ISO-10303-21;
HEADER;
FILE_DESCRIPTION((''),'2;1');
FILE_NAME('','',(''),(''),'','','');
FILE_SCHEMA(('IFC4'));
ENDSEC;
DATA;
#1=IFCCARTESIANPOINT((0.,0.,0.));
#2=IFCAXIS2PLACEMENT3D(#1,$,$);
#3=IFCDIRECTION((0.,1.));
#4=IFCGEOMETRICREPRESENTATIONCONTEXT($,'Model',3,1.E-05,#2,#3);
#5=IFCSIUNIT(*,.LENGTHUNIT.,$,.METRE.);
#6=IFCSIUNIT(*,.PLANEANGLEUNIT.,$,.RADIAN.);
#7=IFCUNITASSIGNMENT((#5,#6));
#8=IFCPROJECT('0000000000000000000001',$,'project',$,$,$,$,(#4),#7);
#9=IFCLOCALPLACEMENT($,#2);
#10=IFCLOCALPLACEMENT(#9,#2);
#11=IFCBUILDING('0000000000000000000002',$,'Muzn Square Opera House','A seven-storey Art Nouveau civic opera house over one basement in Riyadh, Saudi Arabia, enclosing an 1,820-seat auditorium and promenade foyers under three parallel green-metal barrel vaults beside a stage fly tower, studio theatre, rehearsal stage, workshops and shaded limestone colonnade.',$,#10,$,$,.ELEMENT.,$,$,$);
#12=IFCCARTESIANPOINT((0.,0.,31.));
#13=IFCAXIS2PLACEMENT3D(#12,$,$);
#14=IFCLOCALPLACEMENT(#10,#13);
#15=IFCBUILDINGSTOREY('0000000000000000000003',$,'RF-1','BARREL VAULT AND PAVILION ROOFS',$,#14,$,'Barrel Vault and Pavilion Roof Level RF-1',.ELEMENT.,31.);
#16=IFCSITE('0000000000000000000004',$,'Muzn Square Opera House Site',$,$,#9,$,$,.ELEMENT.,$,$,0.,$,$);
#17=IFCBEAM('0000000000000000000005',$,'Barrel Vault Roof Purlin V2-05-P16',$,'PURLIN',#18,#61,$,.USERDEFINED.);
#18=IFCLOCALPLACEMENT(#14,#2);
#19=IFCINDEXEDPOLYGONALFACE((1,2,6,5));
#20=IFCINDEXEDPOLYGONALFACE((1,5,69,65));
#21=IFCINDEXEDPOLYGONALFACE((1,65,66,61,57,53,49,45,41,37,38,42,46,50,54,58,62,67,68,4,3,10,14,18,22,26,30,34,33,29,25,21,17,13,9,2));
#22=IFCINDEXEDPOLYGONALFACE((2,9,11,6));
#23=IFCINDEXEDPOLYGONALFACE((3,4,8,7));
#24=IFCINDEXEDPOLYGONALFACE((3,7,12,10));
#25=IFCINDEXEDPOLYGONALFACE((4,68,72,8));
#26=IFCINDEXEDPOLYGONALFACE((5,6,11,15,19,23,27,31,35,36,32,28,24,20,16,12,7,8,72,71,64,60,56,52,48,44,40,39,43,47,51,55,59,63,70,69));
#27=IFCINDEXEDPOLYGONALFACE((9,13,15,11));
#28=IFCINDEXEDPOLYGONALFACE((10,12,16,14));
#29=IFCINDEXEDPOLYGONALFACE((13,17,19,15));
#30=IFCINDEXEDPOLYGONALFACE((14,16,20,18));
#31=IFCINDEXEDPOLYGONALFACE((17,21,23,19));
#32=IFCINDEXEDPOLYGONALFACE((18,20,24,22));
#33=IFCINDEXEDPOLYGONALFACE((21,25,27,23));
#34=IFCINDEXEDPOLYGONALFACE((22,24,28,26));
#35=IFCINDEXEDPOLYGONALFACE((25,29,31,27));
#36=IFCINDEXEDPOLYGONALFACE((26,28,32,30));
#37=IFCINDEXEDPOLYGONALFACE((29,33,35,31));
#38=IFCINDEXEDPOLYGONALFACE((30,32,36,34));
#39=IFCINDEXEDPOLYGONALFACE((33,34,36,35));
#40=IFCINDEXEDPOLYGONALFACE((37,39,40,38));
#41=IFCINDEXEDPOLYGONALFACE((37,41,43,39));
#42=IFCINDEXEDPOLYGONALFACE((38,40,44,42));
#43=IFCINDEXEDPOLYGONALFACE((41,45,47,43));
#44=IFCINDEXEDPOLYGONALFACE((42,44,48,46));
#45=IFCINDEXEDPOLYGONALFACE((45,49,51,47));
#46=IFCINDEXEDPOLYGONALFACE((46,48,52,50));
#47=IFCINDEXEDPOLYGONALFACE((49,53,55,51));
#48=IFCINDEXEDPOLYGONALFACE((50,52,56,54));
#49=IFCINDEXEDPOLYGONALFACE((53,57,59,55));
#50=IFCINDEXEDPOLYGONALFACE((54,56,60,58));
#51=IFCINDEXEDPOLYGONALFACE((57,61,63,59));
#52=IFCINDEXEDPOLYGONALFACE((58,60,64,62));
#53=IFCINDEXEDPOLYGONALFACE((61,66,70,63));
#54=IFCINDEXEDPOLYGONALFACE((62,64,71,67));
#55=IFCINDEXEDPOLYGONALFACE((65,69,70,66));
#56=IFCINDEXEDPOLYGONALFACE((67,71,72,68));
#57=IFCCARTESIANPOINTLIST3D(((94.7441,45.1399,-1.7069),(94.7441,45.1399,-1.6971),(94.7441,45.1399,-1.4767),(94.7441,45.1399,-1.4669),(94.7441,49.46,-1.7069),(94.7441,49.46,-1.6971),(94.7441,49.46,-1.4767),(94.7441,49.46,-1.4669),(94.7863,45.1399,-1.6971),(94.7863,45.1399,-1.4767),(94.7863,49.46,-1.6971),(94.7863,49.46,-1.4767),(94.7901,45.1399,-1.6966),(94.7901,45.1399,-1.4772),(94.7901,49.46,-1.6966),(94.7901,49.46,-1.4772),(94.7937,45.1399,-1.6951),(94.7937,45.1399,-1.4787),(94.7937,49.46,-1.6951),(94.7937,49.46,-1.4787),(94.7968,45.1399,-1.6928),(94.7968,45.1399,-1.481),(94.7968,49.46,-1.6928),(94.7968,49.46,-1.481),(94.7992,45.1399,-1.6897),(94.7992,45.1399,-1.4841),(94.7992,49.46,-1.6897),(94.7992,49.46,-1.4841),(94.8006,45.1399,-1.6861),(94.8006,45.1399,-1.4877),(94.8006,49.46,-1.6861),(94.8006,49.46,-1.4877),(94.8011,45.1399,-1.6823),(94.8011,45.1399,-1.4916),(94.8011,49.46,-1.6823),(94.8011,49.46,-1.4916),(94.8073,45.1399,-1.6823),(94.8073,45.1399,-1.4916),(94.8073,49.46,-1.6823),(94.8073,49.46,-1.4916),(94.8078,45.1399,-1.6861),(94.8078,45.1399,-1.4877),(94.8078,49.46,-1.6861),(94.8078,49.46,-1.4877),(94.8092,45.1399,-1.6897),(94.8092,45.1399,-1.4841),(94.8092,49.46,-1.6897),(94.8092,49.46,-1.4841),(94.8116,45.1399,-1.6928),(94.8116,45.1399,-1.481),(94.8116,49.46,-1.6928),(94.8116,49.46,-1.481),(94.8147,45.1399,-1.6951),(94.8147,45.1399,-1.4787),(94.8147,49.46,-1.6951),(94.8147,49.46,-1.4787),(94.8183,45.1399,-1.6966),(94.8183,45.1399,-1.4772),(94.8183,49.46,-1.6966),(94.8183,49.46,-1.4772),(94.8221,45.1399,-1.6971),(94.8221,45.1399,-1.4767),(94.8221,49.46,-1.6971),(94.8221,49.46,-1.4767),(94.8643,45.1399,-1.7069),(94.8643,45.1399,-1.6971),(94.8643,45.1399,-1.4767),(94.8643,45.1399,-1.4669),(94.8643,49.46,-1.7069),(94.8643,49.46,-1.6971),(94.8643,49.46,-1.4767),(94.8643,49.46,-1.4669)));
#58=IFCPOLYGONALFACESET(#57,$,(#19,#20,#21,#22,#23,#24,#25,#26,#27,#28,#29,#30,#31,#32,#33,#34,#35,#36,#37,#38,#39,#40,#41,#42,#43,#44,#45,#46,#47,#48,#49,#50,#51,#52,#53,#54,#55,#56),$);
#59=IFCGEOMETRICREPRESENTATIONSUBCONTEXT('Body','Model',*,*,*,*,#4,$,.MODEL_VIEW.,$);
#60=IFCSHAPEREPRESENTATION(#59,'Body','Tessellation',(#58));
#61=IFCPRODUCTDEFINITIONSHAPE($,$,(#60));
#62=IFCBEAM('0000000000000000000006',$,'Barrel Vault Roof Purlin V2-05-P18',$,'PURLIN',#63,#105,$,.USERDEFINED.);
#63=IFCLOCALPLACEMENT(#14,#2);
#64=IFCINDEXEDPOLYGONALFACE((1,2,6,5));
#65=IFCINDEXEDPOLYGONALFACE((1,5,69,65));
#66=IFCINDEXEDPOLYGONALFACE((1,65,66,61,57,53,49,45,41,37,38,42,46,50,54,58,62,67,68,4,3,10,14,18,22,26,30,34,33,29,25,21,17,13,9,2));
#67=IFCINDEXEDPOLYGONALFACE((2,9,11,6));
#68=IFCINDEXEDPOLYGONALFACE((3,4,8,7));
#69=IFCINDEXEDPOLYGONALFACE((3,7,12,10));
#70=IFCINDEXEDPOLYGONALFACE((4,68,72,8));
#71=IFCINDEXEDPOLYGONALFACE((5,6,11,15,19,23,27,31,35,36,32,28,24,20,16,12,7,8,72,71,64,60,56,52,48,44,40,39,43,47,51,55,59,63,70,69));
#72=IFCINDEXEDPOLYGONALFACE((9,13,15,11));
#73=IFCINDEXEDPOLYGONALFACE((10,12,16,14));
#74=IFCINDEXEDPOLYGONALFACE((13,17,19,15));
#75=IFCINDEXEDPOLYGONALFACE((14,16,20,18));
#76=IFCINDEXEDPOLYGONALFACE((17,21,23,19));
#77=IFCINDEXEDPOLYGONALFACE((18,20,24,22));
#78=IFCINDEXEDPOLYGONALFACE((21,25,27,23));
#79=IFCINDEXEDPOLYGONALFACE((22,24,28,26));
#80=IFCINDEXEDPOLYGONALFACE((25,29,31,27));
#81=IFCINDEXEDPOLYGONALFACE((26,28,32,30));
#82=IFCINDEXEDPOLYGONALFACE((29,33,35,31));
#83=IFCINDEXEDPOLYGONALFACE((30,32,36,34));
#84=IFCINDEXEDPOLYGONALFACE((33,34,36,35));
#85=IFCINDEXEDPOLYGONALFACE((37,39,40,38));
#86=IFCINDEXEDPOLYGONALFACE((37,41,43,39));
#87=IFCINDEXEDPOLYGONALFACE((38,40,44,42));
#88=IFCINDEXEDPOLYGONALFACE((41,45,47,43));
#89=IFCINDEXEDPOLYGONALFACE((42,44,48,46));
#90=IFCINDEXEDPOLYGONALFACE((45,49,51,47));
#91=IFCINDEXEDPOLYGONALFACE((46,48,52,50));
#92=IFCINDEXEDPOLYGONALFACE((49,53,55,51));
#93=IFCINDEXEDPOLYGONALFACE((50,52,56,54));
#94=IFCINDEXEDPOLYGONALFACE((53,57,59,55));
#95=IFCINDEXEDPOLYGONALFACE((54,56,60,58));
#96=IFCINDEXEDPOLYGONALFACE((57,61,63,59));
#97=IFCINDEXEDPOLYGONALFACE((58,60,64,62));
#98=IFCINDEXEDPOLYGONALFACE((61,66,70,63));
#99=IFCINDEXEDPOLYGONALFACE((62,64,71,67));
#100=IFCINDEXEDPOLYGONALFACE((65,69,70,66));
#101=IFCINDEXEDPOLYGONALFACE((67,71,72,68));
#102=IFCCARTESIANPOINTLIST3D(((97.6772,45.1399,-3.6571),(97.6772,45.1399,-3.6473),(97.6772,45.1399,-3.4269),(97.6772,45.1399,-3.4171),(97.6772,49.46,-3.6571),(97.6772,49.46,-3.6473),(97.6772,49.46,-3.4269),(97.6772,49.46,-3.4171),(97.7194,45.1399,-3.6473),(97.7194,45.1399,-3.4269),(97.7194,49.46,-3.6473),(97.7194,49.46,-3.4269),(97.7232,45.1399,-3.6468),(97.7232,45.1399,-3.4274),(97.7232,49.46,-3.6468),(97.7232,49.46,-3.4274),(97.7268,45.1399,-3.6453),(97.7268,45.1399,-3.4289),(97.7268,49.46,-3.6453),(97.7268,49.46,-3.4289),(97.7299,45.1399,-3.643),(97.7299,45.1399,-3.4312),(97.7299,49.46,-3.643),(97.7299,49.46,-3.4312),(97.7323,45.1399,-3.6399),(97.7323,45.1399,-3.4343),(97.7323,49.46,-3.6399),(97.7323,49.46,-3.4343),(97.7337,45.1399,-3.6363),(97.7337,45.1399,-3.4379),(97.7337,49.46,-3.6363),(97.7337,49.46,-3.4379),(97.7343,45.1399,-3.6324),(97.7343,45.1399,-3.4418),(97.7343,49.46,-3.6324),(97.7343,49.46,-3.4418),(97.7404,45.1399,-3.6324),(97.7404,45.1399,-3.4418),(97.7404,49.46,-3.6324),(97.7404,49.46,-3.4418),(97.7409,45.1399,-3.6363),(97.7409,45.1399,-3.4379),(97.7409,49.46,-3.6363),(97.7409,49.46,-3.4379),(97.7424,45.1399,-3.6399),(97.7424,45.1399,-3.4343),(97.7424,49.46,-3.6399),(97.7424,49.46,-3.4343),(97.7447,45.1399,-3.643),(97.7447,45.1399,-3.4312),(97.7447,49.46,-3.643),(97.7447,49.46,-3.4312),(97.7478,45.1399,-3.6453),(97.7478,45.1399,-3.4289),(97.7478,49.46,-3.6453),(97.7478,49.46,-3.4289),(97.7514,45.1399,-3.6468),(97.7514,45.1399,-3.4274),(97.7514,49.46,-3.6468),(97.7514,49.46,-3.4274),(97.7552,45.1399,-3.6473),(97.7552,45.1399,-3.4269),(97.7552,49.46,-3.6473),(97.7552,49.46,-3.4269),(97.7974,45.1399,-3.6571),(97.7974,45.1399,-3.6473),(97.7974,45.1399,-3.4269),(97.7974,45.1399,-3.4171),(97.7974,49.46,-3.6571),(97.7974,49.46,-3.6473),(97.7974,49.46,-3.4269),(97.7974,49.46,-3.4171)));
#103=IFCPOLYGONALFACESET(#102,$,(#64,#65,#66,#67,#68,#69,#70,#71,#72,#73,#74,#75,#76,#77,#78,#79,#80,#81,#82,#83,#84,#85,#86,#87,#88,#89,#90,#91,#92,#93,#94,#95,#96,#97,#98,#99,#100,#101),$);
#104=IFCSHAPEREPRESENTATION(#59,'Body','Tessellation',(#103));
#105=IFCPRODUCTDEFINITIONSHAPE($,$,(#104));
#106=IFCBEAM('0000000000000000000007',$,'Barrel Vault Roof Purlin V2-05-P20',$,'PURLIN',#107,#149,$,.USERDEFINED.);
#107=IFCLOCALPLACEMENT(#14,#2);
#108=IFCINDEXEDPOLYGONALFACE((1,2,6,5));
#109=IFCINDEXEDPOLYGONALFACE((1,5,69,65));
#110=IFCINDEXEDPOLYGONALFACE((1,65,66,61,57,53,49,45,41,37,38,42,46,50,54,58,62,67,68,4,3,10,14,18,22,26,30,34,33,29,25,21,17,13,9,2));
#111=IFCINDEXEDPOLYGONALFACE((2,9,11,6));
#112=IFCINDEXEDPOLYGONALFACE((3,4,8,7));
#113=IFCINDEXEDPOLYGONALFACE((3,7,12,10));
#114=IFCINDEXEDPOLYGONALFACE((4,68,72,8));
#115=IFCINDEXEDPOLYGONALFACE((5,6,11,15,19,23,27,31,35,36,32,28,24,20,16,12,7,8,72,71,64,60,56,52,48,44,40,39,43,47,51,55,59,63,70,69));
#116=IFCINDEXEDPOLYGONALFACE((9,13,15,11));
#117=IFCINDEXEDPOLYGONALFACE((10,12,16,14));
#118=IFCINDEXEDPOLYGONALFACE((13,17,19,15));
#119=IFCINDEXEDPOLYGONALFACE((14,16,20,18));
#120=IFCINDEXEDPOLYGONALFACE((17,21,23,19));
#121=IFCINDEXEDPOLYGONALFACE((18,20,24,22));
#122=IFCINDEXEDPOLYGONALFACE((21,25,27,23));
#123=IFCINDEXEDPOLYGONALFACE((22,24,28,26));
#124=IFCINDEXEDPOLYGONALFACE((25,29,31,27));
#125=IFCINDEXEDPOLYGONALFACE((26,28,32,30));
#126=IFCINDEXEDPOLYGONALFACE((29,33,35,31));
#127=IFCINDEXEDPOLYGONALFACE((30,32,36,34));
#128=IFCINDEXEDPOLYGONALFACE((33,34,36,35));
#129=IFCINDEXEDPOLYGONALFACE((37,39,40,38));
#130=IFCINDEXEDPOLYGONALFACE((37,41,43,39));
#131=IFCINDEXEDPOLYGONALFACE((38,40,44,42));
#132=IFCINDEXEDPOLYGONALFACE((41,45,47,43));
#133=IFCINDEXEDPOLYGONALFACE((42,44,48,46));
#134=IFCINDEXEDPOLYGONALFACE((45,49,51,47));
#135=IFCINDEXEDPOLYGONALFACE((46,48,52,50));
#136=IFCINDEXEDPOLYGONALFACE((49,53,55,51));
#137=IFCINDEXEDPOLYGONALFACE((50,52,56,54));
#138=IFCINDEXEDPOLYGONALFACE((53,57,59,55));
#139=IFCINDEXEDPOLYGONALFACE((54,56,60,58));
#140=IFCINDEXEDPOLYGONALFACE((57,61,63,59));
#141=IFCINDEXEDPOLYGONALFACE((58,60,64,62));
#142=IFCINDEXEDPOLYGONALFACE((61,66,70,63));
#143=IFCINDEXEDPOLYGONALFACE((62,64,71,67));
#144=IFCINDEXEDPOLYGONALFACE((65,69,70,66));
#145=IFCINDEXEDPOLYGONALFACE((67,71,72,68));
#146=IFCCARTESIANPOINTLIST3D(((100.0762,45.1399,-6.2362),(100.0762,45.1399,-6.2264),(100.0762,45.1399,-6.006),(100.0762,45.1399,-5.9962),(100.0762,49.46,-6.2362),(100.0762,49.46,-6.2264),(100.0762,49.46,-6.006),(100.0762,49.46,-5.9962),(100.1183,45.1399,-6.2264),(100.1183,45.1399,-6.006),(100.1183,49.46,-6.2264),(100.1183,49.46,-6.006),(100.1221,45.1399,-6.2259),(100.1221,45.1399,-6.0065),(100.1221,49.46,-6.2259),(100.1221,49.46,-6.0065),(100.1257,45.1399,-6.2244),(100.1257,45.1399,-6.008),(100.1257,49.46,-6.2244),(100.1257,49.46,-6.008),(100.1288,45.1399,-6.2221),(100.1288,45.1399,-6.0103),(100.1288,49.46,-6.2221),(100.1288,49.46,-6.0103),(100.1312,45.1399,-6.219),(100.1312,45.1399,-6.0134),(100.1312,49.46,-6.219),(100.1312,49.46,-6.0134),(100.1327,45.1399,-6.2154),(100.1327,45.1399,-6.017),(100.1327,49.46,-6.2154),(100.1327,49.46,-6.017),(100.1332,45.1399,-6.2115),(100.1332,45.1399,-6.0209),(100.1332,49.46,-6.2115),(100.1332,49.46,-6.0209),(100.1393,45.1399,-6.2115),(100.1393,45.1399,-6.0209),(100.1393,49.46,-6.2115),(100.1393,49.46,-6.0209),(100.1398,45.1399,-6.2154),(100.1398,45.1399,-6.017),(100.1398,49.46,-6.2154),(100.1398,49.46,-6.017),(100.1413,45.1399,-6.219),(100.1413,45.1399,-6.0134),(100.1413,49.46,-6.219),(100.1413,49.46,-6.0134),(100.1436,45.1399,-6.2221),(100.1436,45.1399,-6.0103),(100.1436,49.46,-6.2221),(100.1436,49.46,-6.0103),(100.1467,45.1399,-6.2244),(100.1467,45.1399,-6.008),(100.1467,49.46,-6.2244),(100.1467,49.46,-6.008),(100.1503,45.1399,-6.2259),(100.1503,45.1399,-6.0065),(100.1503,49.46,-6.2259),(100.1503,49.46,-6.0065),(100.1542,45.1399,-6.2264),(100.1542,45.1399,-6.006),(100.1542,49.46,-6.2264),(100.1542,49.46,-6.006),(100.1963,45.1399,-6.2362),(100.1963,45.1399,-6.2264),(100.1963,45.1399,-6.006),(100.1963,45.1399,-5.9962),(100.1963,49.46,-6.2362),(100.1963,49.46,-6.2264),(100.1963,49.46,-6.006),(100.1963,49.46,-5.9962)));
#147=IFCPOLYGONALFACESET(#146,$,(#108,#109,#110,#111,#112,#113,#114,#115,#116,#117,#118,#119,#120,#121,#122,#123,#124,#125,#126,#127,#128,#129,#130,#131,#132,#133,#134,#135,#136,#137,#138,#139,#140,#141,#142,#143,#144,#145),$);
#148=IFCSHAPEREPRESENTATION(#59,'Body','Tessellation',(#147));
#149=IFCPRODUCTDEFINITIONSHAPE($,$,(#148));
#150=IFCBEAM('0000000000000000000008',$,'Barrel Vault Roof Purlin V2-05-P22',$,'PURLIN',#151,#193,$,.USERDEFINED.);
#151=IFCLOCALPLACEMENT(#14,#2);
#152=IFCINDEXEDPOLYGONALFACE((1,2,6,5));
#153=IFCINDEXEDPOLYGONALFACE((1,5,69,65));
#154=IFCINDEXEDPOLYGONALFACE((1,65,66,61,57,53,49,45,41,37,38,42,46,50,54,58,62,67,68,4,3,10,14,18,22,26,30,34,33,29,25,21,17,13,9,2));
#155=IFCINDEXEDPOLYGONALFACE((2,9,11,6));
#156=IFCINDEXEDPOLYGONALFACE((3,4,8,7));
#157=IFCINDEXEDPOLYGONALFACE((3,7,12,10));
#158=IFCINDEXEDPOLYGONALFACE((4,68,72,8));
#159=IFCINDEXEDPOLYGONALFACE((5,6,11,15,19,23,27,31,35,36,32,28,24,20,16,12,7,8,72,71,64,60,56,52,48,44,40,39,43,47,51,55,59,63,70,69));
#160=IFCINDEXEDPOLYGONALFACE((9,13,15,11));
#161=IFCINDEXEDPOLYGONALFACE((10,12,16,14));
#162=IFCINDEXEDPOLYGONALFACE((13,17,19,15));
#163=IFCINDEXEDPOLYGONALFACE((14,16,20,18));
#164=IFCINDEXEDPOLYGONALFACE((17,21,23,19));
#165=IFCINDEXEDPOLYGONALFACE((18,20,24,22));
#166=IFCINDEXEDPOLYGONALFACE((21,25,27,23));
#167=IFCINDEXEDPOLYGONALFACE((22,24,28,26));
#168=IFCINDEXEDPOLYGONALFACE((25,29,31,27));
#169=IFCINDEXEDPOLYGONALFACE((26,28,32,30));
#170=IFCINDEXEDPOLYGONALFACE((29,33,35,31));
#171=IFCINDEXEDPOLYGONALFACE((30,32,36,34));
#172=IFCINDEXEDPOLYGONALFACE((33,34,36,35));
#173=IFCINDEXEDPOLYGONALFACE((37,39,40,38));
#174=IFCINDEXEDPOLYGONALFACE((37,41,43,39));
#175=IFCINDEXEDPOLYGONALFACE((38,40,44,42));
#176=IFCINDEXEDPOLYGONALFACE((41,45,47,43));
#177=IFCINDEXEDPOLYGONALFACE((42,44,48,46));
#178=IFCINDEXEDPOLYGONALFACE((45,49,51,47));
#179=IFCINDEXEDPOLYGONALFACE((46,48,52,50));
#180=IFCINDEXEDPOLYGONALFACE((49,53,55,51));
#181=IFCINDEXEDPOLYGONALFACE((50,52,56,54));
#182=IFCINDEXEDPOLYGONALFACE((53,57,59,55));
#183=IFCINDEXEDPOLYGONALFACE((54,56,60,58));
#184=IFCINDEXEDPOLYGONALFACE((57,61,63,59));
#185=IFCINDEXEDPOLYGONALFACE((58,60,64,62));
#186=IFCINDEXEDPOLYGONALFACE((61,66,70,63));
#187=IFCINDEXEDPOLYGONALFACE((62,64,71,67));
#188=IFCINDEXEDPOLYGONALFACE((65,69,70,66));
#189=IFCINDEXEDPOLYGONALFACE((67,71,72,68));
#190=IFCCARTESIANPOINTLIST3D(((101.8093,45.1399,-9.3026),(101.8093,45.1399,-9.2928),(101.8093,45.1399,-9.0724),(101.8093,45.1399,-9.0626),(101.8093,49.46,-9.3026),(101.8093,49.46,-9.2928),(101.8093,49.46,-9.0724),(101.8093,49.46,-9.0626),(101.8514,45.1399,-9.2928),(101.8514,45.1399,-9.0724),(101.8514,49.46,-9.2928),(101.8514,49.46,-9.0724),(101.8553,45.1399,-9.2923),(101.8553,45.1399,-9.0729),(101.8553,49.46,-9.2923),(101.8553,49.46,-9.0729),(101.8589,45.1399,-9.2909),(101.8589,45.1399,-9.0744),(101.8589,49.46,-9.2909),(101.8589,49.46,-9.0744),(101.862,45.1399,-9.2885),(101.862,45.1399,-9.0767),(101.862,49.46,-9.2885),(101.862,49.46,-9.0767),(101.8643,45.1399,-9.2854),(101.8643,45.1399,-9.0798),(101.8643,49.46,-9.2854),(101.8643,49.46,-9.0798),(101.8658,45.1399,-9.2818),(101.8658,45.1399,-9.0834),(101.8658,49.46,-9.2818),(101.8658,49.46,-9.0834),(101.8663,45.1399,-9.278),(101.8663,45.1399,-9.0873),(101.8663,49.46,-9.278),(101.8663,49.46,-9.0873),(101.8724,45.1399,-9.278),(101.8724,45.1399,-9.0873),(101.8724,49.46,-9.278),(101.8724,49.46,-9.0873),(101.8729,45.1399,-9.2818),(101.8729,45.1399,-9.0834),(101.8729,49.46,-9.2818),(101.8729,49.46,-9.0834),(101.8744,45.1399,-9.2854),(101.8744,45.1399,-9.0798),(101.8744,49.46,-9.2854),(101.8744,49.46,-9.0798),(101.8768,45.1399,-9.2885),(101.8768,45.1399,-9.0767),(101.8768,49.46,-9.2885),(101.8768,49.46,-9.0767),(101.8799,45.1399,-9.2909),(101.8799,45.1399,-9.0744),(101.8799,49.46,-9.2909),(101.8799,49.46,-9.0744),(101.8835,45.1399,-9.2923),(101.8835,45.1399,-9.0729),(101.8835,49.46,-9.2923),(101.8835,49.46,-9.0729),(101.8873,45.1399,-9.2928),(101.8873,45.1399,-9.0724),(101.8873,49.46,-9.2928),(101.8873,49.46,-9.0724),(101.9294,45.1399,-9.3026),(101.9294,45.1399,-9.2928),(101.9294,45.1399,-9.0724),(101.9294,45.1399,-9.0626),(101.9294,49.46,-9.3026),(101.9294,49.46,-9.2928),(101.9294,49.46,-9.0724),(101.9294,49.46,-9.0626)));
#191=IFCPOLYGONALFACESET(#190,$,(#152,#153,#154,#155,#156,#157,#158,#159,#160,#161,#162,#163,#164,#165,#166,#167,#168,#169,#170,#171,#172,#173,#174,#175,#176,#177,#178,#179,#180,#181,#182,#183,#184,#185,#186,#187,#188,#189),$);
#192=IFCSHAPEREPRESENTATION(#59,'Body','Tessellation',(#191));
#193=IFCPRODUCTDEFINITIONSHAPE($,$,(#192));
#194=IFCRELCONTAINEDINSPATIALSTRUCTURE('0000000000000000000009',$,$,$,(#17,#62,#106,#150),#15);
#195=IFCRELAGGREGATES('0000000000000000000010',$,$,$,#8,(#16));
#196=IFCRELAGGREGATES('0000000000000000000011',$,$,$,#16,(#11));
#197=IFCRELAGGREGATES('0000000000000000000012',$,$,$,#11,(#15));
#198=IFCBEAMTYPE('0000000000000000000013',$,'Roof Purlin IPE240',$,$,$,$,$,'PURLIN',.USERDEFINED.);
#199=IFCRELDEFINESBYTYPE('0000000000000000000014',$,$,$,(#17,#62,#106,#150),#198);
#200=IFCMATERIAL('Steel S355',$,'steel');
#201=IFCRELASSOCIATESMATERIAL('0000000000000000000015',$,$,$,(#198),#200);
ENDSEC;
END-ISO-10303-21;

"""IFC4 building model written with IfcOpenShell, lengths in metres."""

from ifc_helpers import new_model, si_unit, direction, frame, origin, origin_2d, place, context, subcontext, project, spatial, i_section, extrude, material, material_profile, profile_set, type_object, element, save


model = new_model("IFC4")

# Units and contexts
model_context = context("Model", 3, precision=1e-05, world=origin(), true_north=direction((0.0, 1.0)))
body_context = subcontext(model_context, "Body", "Model", "MODEL_VIEW")
ifc_project = project(units=[si_unit("LENGTHUNIT", "METRE"), si_unit("PLANEANGLEUNIT", "RADIAN")], contexts=[model_context])

# Site, building, storey
site_placement = place(None, origin())
site = spatial("IfcSite", under=ifc_project, at=site_placement, Name="Muzn Square Opera House Site", CompositionType="ELEMENT", RefElevation=0.0)
building_placement = place(site_placement, origin())
building = spatial("IfcBuilding", under=site, at=building_placement, Name="Muzn Square Opera House", Description="A seven-storey Art Nouveau civic opera house over one basement in Riyadh, Saudi Arabia, enclosing an 1,820-seat auditorium and promenade foyers under three parallel green-metal barrel vaults beside a stage fly tower, studio theatre, rehearsal stage, workshops and shaded limestone colonnade.", CompositionType="ELEMENT")
storey_placement = place(building_placement, frame((0.0, 0.0, 31.0)))
storey = spatial("IfcBuildingStorey", under=building, at=storey_placement, Name="RF-1", Description="BARREL VAULT AND PAVILION ROOFS", LongName="Barrel Vault and Pavilion Roof Level RF-1", CompositionType="ELEMENT", Elevation=31.0)

# Beams
ifc_material_1 = material(Name="Steel S355", Category="steel")
ifc_material_profile_1 = material_profile(ifc_material_1, i_section(OverallWidth=0.1201, OverallDepth=0.24, WebThickness=0.0061, FlangeThickness=0.0098, FilletRadius=0.0149, at=origin_2d()), Name="IPE 240", Category="steel")
ifc_profile_set_1 = profile_set([ifc_material_profile_1], Name="Steel S355")
beam_type_1 = type_object("IfcBeamType", Name="Roof Purlin IPE240", ElementType="PURLIN", PredefinedType="USERDEFINED", material=ifc_profile_set_1)
for number, where, z_axis, x_axis, name in (
    (1, (94.8042, 45.1399, -1.5869), (0.0, 1.0, 0.0), (-1.0, 0.0, 0.0), "Barrel Vault Roof Purlin V2-05-P16"),
    (2, (97.7373, 45.1399, -3.5371), (0.0, 1.0, 0.0), (-1.0, 0.0, 0.0), "Barrel Vault Roof Purlin V2-05-P18"),
    (3, (100.1362, 45.1399, -6.1162), (0.0, 1.0, 0.0), (-1.0, 0.0, 0.0), "Barrel Vault Roof Purlin V2-05-P20"),
    (4, (101.8694, 45.1399, -9.1826), (0.0, 1.0, 0.0), (-1.0, 0.0, 0.0), "Barrel Vault Roof Purlin V2-05-P22"),
):
    element("IfcBeam", number, at=place(storey_placement, frame(where, z_axis=z_axis, x_axis=x_axis)), inside=storey, type_object=beam_type_1, Name=name, ObjectType="PURLIN", PredefinedType="USERDEFINED", context=body_context, shape_type="SweptSolid", body=[
        extrude(i_section(OverallWidth=0.1201, OverallDepth=0.24, WebThickness=0.0061, FlangeThickness=0.0098, FilletRadius=0.0149, at=origin_2d()), origin(), (0.0, 0.0, 1.0), 4.3201),
    ])

save(model, "model.ifc")
